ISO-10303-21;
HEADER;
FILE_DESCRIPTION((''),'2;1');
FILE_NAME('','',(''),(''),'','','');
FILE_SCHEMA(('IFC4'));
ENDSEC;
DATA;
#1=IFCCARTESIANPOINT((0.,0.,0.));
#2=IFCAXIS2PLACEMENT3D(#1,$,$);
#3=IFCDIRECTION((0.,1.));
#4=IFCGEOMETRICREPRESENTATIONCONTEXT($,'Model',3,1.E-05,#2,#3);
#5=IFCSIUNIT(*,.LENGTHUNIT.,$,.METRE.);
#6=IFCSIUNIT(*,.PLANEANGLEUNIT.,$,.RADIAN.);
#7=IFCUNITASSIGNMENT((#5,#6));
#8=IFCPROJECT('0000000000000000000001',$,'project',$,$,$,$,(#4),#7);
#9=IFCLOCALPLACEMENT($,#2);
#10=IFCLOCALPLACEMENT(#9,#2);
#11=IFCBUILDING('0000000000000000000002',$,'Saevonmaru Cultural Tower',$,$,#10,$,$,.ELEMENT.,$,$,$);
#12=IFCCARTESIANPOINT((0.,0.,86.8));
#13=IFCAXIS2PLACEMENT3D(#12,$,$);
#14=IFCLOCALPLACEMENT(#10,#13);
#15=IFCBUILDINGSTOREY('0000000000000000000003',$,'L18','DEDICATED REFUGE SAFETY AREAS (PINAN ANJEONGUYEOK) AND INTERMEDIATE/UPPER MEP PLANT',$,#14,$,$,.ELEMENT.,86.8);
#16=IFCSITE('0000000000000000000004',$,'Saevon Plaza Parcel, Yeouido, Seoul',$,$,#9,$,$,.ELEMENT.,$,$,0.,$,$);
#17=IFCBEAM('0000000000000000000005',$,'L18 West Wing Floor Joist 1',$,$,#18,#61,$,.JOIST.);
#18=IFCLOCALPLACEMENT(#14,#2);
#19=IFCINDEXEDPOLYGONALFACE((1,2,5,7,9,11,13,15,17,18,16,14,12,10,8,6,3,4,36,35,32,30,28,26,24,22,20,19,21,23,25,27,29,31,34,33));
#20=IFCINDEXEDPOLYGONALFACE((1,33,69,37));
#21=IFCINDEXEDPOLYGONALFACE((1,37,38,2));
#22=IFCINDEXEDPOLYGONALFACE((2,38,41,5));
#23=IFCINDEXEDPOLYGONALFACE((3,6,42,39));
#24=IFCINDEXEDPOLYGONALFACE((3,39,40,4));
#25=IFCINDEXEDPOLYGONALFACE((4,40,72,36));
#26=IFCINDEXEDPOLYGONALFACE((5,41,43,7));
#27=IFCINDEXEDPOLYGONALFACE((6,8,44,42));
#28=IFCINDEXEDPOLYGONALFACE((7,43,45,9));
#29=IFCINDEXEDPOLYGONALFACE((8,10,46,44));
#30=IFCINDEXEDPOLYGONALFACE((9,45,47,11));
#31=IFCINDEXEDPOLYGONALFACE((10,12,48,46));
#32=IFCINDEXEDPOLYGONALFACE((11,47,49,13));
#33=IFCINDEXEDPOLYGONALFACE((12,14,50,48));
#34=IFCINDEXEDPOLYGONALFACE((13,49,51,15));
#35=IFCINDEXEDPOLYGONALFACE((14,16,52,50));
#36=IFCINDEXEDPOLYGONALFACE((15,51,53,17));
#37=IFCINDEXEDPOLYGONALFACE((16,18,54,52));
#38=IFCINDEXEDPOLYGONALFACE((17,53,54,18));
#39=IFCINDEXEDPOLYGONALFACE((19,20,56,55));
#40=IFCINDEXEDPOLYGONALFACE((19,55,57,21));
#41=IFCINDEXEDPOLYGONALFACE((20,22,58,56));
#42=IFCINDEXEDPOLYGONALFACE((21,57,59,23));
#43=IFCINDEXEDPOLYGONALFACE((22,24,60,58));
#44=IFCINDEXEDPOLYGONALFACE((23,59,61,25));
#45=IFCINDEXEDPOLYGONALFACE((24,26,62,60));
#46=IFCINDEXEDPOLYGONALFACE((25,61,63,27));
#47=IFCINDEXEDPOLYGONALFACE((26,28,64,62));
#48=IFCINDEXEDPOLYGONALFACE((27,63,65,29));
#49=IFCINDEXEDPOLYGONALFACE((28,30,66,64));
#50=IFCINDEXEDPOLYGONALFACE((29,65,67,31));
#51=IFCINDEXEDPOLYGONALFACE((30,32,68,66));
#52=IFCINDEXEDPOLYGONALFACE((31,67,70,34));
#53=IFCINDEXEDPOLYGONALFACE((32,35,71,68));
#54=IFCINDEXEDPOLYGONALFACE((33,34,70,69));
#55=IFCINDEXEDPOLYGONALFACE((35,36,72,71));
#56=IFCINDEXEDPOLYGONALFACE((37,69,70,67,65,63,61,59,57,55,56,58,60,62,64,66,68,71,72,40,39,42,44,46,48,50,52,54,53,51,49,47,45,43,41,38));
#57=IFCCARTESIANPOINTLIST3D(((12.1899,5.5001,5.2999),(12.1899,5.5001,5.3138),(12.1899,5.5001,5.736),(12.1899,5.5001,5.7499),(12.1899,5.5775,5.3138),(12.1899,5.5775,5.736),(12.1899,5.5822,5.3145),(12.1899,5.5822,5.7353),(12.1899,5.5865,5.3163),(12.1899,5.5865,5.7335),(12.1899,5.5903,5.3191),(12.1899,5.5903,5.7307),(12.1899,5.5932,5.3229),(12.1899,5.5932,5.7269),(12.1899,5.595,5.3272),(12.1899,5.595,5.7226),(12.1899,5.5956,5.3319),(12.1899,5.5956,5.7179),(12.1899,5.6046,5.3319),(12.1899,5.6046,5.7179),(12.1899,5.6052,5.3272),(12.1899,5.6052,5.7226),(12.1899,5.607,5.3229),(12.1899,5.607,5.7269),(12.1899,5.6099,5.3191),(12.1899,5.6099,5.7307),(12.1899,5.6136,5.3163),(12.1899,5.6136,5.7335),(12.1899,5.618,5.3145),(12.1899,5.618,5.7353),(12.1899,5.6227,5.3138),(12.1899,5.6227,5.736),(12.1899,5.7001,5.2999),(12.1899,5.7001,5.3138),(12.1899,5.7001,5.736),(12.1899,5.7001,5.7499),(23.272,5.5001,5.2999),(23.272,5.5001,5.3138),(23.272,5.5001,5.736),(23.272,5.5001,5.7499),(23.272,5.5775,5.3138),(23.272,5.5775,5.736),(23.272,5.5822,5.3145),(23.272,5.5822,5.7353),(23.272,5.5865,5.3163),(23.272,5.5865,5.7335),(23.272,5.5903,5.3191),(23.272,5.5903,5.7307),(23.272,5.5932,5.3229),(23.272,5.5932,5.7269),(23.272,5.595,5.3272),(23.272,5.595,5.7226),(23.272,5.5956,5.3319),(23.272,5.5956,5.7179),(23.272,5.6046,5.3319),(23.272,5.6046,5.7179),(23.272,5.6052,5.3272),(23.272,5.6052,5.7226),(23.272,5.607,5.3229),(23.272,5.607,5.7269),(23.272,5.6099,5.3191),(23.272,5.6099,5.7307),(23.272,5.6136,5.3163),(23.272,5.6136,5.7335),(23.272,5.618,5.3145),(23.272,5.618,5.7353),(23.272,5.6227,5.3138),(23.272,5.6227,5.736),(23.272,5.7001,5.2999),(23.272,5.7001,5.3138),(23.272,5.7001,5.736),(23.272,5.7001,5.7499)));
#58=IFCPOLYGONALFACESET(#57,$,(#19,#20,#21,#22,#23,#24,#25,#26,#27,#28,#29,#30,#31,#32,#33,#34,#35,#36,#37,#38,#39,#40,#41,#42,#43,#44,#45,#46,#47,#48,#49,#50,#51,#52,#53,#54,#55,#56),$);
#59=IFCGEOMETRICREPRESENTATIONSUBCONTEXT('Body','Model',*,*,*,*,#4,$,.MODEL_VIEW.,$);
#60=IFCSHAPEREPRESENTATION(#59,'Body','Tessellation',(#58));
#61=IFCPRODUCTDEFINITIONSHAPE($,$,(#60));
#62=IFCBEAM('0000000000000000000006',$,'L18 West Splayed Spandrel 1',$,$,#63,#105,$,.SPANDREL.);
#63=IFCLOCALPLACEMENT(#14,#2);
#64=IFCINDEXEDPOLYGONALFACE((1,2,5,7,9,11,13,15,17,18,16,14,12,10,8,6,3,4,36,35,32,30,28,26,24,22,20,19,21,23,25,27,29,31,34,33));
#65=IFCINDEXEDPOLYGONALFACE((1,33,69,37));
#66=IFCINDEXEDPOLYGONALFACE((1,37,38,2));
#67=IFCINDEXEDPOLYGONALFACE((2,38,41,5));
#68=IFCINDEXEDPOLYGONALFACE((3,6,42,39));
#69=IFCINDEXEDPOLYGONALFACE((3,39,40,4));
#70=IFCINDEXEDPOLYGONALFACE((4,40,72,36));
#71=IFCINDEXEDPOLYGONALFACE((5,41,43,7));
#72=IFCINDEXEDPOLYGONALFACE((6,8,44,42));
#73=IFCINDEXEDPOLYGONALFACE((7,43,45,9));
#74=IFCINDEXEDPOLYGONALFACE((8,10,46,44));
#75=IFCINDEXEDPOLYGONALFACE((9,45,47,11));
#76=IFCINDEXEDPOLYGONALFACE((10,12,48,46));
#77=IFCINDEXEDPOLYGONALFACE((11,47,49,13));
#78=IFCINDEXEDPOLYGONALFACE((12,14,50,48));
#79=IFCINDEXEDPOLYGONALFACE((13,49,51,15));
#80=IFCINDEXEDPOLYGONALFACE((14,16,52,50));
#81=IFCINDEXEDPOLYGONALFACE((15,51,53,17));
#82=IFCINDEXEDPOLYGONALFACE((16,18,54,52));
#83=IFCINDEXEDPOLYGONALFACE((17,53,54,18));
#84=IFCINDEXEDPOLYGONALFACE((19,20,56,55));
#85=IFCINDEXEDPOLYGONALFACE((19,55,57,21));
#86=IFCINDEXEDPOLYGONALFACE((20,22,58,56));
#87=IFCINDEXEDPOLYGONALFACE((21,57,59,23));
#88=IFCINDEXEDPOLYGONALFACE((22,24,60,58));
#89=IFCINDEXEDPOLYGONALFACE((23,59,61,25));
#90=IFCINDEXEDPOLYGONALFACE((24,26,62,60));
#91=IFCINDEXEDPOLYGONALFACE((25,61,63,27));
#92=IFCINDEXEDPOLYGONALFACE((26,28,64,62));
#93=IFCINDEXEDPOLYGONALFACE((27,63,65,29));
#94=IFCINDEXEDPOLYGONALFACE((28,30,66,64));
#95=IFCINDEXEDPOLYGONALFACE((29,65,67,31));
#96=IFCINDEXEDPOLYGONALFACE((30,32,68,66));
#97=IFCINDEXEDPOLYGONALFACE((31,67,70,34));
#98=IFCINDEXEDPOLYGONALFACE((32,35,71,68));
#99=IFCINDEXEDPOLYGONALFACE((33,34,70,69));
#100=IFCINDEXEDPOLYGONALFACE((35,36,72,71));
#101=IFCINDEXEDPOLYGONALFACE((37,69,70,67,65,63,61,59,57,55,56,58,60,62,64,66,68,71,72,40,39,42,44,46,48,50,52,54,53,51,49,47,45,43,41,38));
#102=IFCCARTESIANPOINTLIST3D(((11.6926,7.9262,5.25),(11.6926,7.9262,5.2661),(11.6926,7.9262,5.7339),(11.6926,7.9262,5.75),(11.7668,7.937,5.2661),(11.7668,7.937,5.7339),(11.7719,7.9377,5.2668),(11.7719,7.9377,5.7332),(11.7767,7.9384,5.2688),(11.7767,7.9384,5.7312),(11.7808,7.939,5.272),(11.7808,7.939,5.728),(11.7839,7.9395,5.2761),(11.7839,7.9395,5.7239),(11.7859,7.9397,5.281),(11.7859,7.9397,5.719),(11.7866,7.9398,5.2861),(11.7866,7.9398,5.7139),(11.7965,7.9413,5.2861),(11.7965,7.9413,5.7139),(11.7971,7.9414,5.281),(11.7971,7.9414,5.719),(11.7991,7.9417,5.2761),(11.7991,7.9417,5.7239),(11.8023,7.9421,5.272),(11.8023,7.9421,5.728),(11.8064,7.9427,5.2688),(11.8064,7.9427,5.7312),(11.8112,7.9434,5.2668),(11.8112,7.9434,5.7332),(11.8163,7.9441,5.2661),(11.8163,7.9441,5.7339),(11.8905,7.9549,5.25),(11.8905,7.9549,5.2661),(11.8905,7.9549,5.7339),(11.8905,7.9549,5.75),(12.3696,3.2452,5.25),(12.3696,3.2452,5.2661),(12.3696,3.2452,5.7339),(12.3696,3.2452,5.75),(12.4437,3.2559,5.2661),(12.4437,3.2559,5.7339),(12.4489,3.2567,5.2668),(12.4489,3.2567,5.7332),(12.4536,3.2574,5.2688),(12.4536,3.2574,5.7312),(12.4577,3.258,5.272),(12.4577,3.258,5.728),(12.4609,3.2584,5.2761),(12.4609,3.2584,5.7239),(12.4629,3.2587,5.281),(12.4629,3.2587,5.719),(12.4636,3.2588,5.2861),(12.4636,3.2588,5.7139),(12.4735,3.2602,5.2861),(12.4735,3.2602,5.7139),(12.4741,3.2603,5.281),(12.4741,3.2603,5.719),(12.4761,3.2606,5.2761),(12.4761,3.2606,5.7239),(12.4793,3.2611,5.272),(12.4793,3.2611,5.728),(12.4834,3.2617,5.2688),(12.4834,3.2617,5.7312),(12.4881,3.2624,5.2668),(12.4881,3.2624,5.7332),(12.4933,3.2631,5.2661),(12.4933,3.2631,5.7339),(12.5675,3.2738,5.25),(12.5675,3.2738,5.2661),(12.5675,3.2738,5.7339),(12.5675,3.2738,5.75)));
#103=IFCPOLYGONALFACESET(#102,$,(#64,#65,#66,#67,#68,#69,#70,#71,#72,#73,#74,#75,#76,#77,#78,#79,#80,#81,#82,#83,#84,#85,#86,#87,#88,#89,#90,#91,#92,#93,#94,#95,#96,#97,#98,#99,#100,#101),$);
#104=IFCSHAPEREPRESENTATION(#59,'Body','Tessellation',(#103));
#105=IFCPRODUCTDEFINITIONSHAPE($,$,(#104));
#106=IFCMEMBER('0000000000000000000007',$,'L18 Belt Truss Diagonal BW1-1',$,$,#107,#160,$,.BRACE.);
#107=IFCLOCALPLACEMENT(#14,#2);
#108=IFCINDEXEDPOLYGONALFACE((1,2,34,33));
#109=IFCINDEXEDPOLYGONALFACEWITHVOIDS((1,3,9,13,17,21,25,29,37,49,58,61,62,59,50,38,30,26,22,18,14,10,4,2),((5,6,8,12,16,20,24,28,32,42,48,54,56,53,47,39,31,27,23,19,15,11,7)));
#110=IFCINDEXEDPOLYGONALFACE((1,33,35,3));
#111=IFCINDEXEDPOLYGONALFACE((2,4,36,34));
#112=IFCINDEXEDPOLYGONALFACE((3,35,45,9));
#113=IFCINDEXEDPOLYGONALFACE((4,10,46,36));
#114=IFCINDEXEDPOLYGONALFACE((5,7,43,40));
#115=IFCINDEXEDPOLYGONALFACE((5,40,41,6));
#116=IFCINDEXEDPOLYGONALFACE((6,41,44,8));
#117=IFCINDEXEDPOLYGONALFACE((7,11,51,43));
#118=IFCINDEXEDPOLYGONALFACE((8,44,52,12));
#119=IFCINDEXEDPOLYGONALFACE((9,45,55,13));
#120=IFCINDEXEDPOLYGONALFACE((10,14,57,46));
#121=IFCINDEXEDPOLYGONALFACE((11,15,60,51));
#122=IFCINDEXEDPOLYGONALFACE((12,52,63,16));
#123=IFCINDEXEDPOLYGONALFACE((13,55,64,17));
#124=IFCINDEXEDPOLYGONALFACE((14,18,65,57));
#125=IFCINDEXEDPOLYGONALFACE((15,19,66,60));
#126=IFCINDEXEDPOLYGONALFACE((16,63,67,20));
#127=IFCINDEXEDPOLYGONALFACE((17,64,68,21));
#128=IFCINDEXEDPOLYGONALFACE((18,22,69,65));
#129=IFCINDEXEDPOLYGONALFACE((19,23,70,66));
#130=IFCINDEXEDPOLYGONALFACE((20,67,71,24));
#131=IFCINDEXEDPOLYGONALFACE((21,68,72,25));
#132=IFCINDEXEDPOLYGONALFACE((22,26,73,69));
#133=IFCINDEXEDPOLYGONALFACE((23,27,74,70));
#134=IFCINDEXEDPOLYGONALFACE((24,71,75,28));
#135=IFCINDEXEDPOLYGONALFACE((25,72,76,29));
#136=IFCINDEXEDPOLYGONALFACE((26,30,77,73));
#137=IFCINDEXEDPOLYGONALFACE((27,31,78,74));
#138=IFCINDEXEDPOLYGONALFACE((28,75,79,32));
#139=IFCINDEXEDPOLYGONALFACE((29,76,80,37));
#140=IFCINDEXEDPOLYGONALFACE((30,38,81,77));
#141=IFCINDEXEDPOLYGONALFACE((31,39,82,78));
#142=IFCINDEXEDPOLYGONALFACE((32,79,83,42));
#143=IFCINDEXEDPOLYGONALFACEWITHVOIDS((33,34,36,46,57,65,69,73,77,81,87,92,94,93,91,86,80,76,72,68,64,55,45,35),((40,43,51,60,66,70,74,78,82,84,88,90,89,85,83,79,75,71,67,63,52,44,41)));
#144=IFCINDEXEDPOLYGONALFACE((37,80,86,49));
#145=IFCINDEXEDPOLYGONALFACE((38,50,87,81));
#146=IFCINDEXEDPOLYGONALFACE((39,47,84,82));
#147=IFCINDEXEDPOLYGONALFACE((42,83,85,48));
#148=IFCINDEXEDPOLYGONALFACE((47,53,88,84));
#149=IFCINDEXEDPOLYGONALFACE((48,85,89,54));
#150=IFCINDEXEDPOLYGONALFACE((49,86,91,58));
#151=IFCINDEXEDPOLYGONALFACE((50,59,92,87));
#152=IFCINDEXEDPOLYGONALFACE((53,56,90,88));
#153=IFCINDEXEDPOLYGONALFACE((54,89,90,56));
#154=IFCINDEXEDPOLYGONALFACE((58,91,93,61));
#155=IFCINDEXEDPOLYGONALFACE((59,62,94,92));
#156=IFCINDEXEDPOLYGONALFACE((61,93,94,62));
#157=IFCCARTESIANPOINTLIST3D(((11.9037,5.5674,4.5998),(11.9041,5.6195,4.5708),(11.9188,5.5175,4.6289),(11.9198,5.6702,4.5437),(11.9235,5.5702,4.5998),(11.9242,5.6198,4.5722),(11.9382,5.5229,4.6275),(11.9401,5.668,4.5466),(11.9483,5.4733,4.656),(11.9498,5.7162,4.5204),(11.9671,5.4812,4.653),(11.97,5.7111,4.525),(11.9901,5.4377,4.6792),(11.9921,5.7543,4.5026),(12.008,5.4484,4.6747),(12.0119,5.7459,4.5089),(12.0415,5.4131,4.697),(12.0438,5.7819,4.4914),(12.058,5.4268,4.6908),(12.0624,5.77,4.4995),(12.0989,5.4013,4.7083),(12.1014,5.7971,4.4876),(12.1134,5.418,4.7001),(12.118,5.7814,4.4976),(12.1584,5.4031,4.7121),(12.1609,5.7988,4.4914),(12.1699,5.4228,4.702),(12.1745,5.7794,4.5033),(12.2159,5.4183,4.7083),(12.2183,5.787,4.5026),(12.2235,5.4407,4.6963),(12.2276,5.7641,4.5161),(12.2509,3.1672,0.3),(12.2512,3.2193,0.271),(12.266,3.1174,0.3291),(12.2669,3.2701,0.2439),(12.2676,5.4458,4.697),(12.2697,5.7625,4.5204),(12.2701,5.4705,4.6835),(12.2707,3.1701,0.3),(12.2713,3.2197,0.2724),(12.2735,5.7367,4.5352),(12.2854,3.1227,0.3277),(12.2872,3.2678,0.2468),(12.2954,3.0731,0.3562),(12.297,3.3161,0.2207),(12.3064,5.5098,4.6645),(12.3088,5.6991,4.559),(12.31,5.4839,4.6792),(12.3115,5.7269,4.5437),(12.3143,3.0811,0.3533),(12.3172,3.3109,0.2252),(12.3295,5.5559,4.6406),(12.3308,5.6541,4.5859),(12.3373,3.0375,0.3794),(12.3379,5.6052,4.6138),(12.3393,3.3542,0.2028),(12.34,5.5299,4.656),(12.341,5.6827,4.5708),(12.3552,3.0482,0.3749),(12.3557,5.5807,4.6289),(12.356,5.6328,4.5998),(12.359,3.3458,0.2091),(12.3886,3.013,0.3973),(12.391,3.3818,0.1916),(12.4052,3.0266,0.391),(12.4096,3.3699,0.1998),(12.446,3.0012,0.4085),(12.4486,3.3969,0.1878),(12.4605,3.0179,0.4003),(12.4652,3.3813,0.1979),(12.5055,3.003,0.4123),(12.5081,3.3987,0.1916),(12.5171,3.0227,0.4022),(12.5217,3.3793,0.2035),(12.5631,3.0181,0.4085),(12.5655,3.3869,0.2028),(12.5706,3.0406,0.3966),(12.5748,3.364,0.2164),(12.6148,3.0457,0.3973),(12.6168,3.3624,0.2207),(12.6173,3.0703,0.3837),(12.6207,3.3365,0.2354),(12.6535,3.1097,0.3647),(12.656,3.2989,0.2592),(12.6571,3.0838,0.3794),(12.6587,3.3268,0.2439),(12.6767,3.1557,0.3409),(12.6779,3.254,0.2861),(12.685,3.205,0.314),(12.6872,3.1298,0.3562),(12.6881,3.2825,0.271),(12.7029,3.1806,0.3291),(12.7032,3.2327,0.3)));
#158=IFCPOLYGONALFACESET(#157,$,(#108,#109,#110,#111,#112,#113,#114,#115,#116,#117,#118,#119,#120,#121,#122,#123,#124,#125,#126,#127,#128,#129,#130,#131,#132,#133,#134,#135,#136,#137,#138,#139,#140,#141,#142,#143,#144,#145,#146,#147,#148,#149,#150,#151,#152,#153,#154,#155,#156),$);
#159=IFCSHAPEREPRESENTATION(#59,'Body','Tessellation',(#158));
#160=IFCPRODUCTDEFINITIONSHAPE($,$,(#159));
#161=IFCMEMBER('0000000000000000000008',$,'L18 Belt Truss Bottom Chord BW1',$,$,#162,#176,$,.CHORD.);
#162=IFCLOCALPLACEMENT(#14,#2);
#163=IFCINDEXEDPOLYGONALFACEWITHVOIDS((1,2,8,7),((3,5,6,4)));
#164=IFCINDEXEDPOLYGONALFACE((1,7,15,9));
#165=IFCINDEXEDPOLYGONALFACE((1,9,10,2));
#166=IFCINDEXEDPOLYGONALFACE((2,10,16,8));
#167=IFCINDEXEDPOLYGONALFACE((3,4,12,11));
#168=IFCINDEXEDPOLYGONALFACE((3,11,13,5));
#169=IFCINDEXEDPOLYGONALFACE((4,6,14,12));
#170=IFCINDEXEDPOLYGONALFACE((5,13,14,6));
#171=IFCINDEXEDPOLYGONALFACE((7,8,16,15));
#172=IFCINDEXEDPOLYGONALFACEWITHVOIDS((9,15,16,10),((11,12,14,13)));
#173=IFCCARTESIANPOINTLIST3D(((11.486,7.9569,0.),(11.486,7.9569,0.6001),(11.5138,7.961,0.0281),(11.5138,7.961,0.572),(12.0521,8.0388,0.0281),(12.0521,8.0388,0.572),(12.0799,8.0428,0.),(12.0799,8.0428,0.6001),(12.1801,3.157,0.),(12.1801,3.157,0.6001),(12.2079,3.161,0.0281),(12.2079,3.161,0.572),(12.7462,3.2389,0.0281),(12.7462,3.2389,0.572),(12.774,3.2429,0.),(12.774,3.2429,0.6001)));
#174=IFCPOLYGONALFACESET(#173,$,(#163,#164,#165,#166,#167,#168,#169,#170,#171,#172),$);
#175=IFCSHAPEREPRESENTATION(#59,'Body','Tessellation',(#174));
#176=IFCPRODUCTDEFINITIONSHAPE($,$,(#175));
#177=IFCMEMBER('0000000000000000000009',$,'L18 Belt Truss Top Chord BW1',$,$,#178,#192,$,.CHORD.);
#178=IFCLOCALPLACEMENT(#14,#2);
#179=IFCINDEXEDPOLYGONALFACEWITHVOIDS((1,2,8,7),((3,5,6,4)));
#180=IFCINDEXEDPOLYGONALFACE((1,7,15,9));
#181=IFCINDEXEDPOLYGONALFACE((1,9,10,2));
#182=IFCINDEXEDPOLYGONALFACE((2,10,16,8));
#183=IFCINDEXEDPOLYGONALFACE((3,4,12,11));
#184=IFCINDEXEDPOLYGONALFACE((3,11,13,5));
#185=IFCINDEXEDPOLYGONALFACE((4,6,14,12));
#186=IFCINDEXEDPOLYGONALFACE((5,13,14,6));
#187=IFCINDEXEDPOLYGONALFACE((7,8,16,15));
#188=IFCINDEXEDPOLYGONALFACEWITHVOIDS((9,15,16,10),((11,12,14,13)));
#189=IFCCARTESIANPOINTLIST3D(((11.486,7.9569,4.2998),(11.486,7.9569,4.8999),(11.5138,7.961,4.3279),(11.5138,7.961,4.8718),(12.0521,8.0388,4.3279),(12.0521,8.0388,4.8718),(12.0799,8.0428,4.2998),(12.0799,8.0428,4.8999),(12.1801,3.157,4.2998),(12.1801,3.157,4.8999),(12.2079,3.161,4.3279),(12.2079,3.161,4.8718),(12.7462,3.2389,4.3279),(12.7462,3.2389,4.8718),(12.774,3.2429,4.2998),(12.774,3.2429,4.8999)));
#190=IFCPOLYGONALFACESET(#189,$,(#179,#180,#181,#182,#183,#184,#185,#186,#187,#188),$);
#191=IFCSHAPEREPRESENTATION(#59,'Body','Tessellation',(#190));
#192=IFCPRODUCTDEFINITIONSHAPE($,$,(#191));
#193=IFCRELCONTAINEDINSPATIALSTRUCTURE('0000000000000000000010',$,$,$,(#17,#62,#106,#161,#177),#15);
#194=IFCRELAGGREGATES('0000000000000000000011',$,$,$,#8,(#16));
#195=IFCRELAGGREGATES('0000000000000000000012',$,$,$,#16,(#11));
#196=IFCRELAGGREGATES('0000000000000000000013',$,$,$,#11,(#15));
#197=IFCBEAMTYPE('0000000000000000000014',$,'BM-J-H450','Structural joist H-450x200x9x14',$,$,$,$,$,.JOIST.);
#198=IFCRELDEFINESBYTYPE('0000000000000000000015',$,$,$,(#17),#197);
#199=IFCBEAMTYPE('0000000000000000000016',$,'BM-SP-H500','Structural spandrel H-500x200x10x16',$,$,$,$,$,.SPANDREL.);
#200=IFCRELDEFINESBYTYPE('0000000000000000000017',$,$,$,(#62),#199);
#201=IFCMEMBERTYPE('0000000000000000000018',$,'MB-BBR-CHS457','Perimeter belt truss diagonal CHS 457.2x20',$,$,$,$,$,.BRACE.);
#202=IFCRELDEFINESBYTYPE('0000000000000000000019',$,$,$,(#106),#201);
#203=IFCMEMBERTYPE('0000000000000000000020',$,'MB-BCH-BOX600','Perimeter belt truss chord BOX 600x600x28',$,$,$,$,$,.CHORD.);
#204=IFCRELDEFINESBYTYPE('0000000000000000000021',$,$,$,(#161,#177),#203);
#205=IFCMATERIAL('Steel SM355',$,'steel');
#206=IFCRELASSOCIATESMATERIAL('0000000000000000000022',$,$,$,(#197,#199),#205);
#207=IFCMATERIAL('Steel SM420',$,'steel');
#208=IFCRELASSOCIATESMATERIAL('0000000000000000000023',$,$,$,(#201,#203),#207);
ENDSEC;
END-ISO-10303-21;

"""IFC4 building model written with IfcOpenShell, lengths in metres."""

from ifc_helpers import new_model, si_unit, direction, frame, origin, origin_2d, place, context, subcontext, project, spatial, hollow_rectangle, hollow_circle, i_section, extrude, material, material_profile, profile_set, type_object, element, save


model = new_model("IFC4")

# Units and contexts
model_context = context("Model", 3, precision=1e-05, world=origin(), true_north=direction((0.0, 1.0)))
body_context = subcontext(model_context, "Body", "Model", "MODEL_VIEW")
ifc_project = project(units=[si_unit("LENGTHUNIT", "METRE"), si_unit("PLANEANGLEUNIT", "RADIAN")], contexts=[model_context])

# Site, building, storey
site_placement = place(None, origin())
site = spatial("IfcSite", under=ifc_project, at=site_placement, Name="Saevon Plaza Parcel, Yeouido, Seoul", CompositionType="ELEMENT", RefElevation=0.0)
building_placement = place(site_placement, origin())
building = spatial("IfcBuilding", under=site, at=building_placement, Name="Saevonmaru Cultural Tower", CompositionType="ELEMENT")
storey_placement = place(building_placement, frame((0.0, 0.0, 86.8)))
storey = spatial("IfcBuildingStorey", under=building, at=storey_placement, Name="L18", Description="DEDICATED REFUGE SAFETY AREAS (PINAN ANJEONGUYEOK) AND INTERMEDIATE/UPPER MEP PLANT", CompositionType="ELEMENT", Elevation=86.8)

# Shared definitions
ifc_material_1 = material(Name="Steel SM420", Category="steel")

# Beams
ifc_material_2 = material(Name="Steel SM355", Category="steel")
ifc_material_profile_1 = material_profile(ifc_material_2, i_section(OverallWidth=0.2, OverallDepth=0.45, WebThickness=0.009, FlangeThickness=0.0139, FilletRadius=0.0181, at=origin_2d()), Name="H-450x200x9x14")
ifc_profile_set_1 = profile_set([ifc_material_profile_1], Name="Steel SM355")
beam_type_1 = type_object("IfcBeamType", Name="BM-J-H450", Description="Structural joist H-450x200x9x14", PredefinedType="JOIST", material=ifc_profile_set_1)
beam_1_placement = place(storey_placement, frame((12.1899, 5.6001, 5.5249), z_axis=(1.0, 0.0, 0.0), x_axis=(0.0, 1.0, 0.0)))
element("IfcBeam", 1, at=beam_1_placement, inside=storey, type_object=beam_type_1, Name="L18 West Wing Floor Joist 1", PredefinedType="JOIST", context=body_context, shape_type="SweptSolid", body=[
    extrude(i_section(OverallWidth=0.2, OverallDepth=0.45, WebThickness=0.009, FlangeThickness=0.0139, FilletRadius=0.0181, at=origin_2d()), origin(), (0.0, 0.0, 1.0), 11.082),
])
ifc_material_profile_2 = material_profile(ifc_material_2, i_section(OverallWidth=0.2, OverallDepth=0.5, WebThickness=0.01, FlangeThickness=0.0161, FilletRadius=0.02, at=origin_2d()), Name="H-500x200x10x16")
ifc_profile_set_2 = profile_set([ifc_material_profile_2], Name="Steel SM355")
beam_type_2 = type_object("IfcBeamType", Name="BM-SP-H500", Description="Structural spandrel H-500x200x10x16", PredefinedType="SPANDREL", material=ifc_profile_set_2)
beam_2_placement = place(storey_placement, frame((12.4685, 3.2595, 5.5), z_axis=(-0.143134, 0.989703, 0.0), x_axis=(-0.989703, -0.143134, 0.0)))
element("IfcBeam", 2, at=beam_2_placement, inside=storey, type_object=beam_type_2, Name="L18 West Splayed Spandrel 1", PredefinedType="SPANDREL", context=body_context, shape_type="SweptSolid", body=[
    extrude(i_section(OverallWidth=0.2, OverallDepth=0.5, WebThickness=0.01, FlangeThickness=0.0161, FilletRadius=0.02, at=origin_2d()), origin(), (0.0, 0.0, 1.0), 4.7297),
])

# Members
ifc_material_profile_3 = material_profile(ifc_material_1, hollow_circle(Radius=0.2285, WallThickness=0.02, at=origin_2d()), Name="CHS-457.2x20")
ifc_profile_set_3 = profile_set([ifc_material_profile_3], Name="Steel SM420")
member_type_1 = type_object("IfcMemberType", Name="MB-BBR-CHS457", Description="Perimeter belt truss diagonal CHS 457.2x20", PredefinedType="BRACE", material=ifc_profile_set_3)
member_1_placement = place(storey_placement, frame((12.4771, 3.2, 0.3), z_axis=(-0.070326, 0.486199, 0.871014), x_axis=(-0.9897, -0.143155, 0.0)))
element("IfcMember", 3, at=member_1_placement, inside=storey, type_object=member_type_1, Name="L18 Belt Truss Diagonal BW1-1", PredefinedType="BRACE", context=body_context, shape_type="SweptSolid", body=[
    extrude(hollow_circle(Radius=0.2285, WallThickness=0.02, at=origin_2d()), origin(), (0.0, 0.0, 1.0), 4.9365),
])
ifc_material_profile_4 = material_profile(ifc_material_1, hollow_rectangle(XDim=0.6001, YDim=0.6001, WallThickness=0.0281, at=origin_2d()), Name="BOX-600x600x28")
ifc_profile_set_4 = profile_set([ifc_material_profile_4], Name="Steel SM420")
member_type_2 = type_object("IfcMemberType", Name="MB-BCH-BOX600", Description="Perimeter belt truss chord BOX 600x600x28", PredefinedType="CHORD", material=ifc_profile_set_4)
for number, where, z_axis, x_axis, name in (
    (4, (12.4771, 3.2, 0.3), (-0.143113, 0.989706, 0.0), (-0.989706, -0.143113, 0.0), "L18 Belt Truss Bottom Chord BW1"),
    (5, (12.4771, 3.2, 4.5999), (-0.143113, 0.989706, 0.0), (-0.989706, -0.143113, 0.0), "L18 Belt Truss Top Chord BW1"),
):
    element("IfcMember", number, at=place(storey_placement, frame(where, z_axis=z_axis, x_axis=x_axis)), inside=storey, type_object=member_type_2, Name=name, PredefinedType="CHORD", context=body_context, shape_type="SweptSolid", body=[
        extrude(hollow_rectangle(XDim=0.6001, YDim=0.6001, WallThickness=0.0281, at=origin_2d()), origin(), (0.0, 0.0, 1.0), 4.8499),
    ])

save(model, "model.ifc")
